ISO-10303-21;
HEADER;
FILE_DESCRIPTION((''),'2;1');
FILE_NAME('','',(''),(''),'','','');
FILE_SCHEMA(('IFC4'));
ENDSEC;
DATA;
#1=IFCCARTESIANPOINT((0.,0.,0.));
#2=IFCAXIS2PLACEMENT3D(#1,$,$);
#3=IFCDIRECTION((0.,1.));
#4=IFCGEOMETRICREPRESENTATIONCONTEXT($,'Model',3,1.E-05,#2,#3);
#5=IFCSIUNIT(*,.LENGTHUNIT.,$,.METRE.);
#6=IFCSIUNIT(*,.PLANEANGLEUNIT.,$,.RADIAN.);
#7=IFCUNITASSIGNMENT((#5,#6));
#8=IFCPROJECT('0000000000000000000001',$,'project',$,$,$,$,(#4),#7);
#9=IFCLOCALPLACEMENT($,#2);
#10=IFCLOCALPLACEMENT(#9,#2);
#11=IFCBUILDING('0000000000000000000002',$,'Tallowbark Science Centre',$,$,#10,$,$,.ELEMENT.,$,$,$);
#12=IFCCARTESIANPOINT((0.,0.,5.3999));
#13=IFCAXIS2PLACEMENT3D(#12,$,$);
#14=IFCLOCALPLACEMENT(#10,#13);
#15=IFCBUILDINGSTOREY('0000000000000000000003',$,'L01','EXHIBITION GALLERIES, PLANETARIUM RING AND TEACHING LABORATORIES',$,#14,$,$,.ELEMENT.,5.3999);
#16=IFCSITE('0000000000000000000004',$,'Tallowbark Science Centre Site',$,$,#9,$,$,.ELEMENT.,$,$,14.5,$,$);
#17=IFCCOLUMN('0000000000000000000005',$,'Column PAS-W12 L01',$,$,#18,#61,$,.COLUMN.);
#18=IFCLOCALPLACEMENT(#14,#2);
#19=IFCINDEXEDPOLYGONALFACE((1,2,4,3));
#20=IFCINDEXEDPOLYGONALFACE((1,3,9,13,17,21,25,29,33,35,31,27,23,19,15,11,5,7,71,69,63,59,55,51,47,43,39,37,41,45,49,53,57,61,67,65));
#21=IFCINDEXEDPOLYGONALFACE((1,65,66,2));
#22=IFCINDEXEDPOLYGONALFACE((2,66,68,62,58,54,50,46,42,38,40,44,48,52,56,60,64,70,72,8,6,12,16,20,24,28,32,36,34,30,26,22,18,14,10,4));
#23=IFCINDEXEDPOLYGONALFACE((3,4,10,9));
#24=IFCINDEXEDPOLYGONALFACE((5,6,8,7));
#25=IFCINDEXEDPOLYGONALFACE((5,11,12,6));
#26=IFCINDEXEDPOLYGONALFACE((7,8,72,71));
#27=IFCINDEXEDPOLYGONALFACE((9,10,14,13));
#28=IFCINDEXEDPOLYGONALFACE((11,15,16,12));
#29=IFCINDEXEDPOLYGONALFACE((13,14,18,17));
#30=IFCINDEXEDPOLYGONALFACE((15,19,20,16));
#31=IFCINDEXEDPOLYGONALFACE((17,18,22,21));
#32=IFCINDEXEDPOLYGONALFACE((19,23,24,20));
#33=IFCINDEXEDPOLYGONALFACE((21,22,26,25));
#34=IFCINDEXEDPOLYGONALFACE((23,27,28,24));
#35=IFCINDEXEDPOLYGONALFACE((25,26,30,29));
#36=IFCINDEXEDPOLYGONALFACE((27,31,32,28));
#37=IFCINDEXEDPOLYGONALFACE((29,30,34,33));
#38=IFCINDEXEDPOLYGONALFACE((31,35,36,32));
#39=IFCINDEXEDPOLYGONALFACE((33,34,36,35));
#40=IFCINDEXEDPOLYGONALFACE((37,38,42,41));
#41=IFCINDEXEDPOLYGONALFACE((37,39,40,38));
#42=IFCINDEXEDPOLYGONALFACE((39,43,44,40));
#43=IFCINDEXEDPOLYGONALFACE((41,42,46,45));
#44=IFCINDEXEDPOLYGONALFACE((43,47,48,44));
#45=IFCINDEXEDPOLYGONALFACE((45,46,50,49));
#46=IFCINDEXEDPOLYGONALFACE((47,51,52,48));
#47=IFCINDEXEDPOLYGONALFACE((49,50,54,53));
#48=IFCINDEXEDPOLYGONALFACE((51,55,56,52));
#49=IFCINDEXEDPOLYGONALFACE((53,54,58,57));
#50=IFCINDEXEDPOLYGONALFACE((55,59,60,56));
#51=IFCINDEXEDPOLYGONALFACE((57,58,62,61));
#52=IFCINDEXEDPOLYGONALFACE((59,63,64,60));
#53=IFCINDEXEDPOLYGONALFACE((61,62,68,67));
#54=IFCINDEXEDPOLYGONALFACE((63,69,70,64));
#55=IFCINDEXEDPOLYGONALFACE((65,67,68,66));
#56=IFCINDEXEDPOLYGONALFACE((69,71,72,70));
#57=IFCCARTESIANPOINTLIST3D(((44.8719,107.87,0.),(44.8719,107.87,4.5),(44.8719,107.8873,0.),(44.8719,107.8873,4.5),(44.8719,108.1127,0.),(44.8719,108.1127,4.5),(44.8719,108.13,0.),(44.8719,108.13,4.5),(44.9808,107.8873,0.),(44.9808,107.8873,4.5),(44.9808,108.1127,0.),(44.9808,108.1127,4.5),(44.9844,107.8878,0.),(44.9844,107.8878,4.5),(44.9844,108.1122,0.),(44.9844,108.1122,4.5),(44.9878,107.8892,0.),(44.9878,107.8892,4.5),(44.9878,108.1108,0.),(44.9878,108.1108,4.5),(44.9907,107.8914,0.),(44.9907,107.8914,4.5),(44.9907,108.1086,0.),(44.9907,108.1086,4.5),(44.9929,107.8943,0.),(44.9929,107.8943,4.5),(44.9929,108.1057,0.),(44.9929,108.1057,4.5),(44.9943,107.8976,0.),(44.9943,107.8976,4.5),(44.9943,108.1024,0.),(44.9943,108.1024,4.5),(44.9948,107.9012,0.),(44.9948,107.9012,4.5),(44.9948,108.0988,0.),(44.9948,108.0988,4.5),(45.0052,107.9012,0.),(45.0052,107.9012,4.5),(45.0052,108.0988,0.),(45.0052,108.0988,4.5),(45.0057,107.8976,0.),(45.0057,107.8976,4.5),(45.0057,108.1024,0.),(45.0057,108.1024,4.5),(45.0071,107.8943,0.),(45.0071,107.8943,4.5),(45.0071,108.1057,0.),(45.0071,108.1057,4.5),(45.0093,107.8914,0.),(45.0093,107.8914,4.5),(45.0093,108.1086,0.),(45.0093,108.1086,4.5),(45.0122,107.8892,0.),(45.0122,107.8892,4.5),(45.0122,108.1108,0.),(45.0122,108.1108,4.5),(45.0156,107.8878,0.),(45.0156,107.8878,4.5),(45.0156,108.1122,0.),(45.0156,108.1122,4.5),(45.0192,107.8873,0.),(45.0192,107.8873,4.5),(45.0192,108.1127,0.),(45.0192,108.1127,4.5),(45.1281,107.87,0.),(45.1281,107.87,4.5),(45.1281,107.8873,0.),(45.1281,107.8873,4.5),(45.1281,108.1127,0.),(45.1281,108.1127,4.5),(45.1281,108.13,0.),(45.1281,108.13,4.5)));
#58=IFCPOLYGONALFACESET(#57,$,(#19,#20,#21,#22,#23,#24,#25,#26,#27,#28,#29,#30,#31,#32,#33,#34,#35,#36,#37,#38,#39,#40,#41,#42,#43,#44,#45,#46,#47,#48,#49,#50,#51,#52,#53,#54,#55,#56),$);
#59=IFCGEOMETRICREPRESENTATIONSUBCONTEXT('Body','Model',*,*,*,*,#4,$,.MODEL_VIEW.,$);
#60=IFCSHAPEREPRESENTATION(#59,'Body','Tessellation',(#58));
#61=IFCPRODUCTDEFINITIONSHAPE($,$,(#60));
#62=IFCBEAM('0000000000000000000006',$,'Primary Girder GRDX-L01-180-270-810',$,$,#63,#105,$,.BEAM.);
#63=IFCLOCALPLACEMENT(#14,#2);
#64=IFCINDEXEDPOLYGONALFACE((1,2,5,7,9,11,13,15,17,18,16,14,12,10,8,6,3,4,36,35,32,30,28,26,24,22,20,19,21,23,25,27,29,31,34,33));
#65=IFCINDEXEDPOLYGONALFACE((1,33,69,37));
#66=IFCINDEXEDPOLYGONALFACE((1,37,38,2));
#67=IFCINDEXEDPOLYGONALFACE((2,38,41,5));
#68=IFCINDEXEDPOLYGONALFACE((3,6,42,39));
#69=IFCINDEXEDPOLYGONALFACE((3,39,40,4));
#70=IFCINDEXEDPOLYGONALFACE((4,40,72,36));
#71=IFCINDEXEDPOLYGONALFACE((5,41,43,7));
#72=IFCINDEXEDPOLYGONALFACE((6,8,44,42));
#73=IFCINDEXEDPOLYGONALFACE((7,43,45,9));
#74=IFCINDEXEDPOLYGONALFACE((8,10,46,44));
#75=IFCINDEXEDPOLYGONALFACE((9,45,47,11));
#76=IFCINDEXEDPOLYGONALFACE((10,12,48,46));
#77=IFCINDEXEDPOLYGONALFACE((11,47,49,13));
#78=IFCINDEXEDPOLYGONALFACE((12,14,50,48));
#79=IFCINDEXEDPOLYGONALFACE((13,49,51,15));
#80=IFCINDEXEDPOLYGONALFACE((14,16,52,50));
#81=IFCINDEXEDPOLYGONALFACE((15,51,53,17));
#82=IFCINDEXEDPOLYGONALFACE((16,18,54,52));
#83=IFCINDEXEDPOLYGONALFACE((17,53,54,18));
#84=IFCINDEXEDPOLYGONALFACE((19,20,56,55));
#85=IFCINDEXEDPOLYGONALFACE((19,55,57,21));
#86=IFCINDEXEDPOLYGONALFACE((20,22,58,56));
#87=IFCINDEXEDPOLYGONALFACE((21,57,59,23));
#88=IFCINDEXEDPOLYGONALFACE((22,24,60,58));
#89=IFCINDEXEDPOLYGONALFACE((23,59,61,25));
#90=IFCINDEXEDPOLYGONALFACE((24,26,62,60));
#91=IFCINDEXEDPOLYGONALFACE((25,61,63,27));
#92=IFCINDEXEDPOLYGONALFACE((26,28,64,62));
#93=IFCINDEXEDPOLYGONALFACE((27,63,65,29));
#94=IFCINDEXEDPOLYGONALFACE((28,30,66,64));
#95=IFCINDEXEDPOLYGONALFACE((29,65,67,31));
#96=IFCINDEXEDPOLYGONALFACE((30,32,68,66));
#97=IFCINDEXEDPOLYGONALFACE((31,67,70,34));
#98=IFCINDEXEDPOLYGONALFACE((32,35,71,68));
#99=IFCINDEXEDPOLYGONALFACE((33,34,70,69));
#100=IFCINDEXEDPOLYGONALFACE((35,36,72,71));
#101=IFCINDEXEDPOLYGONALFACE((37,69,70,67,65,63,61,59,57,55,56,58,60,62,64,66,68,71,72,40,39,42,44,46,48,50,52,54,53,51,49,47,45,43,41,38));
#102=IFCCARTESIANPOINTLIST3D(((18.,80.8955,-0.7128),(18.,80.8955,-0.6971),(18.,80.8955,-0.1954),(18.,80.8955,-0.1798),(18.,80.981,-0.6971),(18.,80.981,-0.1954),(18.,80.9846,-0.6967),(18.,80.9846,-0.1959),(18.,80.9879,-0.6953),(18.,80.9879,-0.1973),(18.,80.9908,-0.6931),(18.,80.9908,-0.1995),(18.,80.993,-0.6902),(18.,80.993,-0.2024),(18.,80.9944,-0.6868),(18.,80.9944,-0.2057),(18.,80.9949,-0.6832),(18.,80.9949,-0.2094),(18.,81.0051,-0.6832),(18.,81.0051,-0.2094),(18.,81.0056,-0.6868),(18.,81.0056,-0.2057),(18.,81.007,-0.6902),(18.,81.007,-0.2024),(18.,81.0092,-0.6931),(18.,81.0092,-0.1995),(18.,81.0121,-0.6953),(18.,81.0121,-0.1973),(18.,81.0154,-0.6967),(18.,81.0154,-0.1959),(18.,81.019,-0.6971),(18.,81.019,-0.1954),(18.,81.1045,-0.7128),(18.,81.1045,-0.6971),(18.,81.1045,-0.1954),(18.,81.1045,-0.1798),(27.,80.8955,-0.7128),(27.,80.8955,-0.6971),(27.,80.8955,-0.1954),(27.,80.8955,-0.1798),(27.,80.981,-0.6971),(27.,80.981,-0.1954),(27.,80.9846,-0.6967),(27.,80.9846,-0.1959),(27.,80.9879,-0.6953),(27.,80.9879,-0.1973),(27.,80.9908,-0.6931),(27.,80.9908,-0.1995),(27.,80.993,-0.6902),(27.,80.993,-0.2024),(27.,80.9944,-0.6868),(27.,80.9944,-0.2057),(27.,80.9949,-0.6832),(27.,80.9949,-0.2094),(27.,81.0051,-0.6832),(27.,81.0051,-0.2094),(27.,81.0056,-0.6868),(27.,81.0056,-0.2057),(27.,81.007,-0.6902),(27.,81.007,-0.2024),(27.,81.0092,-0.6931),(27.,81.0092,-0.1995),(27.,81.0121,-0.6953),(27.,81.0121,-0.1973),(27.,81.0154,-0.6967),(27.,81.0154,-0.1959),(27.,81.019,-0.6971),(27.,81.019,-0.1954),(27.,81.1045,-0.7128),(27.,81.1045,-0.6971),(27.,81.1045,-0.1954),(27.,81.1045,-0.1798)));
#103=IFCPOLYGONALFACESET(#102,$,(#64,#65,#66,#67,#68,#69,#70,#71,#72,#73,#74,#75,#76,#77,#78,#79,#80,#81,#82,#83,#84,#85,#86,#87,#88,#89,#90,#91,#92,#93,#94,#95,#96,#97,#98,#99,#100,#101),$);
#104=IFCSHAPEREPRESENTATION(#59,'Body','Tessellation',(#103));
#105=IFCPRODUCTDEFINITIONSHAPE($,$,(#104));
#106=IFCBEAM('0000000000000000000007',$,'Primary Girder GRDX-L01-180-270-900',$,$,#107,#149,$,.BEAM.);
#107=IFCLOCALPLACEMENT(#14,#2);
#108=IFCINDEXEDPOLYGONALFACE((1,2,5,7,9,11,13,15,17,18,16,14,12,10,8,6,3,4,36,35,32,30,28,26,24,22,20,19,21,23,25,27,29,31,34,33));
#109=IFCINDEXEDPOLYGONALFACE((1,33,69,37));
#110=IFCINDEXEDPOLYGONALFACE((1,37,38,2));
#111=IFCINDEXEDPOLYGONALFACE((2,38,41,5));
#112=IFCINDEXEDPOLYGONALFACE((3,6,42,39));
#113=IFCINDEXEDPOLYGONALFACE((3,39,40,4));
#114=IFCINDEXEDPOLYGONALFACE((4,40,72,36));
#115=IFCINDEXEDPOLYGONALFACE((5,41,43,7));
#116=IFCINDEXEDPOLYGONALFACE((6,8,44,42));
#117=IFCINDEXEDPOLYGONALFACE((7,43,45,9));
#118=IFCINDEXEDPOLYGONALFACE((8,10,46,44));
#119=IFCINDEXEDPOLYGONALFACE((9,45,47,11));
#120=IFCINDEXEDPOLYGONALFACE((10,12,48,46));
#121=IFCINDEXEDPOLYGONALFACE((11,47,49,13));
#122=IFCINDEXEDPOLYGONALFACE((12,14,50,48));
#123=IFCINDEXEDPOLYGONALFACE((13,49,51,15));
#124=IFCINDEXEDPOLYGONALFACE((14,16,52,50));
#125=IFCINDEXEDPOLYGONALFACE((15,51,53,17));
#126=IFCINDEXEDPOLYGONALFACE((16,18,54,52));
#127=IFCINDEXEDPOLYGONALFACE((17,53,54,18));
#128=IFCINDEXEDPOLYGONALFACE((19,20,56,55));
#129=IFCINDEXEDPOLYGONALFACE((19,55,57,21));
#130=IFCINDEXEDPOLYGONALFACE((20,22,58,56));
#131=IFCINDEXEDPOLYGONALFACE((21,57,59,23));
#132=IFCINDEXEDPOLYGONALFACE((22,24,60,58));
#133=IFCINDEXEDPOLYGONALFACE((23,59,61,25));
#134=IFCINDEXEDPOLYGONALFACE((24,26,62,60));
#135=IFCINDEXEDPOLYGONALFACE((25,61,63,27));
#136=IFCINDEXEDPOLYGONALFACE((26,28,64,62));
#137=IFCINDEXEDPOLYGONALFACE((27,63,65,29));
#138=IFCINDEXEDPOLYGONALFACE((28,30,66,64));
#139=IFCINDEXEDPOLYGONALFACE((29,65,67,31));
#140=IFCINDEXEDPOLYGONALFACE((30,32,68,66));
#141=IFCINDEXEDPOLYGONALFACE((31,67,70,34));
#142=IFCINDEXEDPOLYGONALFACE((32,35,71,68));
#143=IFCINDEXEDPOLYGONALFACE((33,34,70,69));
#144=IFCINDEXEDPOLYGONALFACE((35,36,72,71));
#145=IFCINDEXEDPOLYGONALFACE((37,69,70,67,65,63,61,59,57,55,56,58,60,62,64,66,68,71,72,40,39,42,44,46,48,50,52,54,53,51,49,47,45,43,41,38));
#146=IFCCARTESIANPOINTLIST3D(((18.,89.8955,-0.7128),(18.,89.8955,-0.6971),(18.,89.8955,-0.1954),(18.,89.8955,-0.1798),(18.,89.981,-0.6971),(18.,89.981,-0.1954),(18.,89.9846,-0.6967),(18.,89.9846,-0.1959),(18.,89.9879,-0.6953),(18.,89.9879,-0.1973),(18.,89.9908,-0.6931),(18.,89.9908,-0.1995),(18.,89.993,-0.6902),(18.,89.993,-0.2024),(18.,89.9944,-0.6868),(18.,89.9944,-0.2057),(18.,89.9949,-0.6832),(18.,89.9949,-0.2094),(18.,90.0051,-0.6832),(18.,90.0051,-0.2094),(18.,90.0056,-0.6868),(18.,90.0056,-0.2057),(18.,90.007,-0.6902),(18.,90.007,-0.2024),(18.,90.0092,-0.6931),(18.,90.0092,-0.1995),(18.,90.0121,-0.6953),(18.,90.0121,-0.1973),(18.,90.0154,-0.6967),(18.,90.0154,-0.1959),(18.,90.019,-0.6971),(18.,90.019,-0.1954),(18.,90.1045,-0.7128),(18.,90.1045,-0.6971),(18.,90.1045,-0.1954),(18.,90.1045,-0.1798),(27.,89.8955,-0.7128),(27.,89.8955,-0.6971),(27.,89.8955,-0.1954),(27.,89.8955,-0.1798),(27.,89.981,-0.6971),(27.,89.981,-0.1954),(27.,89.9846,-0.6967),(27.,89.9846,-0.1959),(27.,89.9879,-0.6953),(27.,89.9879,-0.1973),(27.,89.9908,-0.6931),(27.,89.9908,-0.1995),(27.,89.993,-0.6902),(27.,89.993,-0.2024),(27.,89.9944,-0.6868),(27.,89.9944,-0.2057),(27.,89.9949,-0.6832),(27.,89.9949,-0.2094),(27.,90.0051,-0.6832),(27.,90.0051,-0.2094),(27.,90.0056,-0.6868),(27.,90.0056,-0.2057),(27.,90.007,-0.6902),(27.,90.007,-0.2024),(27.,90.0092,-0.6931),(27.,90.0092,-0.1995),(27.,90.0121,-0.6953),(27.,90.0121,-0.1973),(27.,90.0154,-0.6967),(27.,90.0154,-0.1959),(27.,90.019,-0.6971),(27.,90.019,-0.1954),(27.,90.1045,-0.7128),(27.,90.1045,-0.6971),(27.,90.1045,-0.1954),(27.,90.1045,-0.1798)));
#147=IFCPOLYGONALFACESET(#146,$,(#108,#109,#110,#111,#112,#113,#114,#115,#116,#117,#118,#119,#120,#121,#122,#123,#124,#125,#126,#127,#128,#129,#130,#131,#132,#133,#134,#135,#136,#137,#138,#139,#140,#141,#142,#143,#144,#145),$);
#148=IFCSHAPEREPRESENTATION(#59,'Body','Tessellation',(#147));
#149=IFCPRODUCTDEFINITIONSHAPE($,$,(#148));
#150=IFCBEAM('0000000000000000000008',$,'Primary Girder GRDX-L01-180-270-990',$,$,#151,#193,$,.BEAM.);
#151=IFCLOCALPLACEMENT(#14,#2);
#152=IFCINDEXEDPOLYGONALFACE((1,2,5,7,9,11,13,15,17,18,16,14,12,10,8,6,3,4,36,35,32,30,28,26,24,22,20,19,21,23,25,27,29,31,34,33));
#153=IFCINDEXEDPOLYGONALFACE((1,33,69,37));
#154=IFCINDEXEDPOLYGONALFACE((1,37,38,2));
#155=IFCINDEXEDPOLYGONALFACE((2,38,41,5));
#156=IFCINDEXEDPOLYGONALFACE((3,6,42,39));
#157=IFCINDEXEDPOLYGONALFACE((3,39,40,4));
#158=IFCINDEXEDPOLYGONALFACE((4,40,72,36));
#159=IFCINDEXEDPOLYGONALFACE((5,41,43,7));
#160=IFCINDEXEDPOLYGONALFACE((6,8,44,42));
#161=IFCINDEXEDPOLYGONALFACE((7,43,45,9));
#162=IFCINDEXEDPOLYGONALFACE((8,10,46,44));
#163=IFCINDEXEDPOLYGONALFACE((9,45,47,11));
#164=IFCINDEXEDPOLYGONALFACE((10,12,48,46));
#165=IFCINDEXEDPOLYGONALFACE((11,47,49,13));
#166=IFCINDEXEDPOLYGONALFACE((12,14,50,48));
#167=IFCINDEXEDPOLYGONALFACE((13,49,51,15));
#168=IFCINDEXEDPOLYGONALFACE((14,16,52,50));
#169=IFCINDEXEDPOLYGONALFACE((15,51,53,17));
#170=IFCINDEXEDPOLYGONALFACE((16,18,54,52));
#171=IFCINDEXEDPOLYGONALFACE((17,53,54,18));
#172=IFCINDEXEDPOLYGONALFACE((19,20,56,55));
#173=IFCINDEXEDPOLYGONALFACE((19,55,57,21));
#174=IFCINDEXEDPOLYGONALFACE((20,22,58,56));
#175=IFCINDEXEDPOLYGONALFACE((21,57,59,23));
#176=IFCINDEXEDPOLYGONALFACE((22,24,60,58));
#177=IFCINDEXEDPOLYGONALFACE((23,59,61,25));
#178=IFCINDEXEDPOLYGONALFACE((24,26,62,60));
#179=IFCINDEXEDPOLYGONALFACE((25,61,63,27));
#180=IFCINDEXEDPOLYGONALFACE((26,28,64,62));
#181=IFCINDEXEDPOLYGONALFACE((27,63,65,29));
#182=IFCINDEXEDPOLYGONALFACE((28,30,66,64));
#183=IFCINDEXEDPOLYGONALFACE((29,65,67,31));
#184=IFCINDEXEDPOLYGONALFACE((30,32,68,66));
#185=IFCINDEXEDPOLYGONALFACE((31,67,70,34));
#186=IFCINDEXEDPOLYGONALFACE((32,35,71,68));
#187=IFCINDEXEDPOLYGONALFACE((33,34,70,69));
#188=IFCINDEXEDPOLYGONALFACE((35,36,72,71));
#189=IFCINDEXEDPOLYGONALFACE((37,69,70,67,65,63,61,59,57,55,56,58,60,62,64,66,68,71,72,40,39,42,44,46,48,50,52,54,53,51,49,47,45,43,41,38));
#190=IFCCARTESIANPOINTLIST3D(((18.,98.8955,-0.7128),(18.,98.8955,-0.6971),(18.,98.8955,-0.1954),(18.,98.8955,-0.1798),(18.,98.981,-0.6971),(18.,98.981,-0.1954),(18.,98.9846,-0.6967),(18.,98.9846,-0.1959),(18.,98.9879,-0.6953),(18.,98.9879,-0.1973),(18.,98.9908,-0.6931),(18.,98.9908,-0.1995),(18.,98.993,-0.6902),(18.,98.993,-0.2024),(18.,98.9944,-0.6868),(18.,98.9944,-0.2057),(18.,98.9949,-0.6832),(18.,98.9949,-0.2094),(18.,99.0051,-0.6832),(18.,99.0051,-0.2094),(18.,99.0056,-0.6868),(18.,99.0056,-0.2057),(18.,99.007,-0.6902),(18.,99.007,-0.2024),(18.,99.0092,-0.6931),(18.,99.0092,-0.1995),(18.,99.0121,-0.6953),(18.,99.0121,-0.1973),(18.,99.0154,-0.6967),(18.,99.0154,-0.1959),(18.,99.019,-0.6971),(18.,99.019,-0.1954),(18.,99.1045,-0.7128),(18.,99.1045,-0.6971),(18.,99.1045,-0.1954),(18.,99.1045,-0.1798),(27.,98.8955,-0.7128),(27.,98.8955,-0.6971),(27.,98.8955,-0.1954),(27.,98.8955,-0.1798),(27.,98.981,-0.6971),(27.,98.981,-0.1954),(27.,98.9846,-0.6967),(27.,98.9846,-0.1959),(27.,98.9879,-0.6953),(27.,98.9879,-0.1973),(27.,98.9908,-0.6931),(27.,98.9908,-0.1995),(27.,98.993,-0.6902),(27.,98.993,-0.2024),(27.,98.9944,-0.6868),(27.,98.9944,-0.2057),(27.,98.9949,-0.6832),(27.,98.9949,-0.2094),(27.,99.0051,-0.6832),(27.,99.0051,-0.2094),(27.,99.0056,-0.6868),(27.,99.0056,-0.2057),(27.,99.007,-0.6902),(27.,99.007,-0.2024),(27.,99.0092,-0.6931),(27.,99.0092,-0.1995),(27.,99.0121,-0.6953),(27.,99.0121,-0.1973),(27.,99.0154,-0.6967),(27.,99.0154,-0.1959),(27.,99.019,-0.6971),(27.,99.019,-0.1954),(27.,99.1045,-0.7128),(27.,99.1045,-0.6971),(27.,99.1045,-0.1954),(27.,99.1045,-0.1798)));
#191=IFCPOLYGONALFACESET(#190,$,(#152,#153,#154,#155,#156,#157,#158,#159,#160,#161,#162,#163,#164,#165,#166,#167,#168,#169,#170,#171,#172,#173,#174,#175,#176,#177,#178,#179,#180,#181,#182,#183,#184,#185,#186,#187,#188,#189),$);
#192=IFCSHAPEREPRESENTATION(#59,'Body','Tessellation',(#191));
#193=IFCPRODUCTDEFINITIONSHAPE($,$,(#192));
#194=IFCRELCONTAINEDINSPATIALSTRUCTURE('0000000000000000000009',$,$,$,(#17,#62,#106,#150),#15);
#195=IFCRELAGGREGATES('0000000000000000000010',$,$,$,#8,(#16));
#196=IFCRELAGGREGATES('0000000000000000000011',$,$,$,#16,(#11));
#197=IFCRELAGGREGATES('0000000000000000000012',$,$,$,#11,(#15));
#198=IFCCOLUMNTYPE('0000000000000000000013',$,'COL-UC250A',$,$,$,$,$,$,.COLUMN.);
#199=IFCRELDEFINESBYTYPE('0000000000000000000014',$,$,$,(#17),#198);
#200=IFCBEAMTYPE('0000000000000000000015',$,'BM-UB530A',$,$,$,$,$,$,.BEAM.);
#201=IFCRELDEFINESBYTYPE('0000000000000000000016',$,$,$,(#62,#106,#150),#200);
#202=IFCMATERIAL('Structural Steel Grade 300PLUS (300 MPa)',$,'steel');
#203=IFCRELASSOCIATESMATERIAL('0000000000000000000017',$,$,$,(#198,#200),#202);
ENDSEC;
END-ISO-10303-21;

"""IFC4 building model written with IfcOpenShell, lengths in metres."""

from ifc_helpers import new_model, si_unit, direction, frame, origin, origin_2d, place, context, subcontext, project, spatial, i_section, extrude, material, material_profile, profile_set, type_object, element, save


model = new_model("IFC4")

# Units and contexts
model_context = context("Model", 3, precision=1e-05, world=origin(), true_north=direction((0.0, 1.0)))
body_context = subcontext(model_context, "Body", "Model", "MODEL_VIEW")
ifc_project = project(units=[si_unit("LENGTHUNIT", "METRE"), si_unit("PLANEANGLEUNIT", "RADIAN")], contexts=[model_context])

# Site, building, storey
site_placement = place(None, origin())
site = spatial("IfcSite", under=ifc_project, at=site_placement, Name="Tallowbark Science Centre Site", CompositionType="ELEMENT", RefElevation=14.5)
building_placement = place(site_placement, origin())
building = spatial("IfcBuilding", under=site, at=building_placement, Name="Tallowbark Science Centre", CompositionType="ELEMENT")
storey_placement = place(building_placement, frame((0.0, 0.0, 5.3999)))
storey = spatial("IfcBuildingStorey", under=building, at=storey_placement, Name="L01", Description="EXHIBITION GALLERIES, PLANETARIUM RING AND TEACHING LABORATORIES", CompositionType="ELEMENT", Elevation=5.3999)

# Column
ifc_material = material(Name="Structural Steel Grade 300PLUS (300 MPa)", Category="steel")
ifc_material_profile_1 = material_profile(ifc_material, i_section(OverallWidth=0.2561, OverallDepth=0.26, WebThickness=0.0105, FlangeThickness=0.0173, FilletRadius=0.0139, at=origin_2d()), Name="250UC89.5")
ifc_profile_set_1 = profile_set([ifc_material_profile_1], Name="Structural Steel Grade 300PLUS (300 MPa)")
column_type = type_object("IfcColumnType", Name="COL-UC250A", PredefinedType="COLUMN", material=ifc_profile_set_1)
for number, where, z_axis, x_axis, name in (
    (1, (45.0, 108.0, 0.0), (0.0, 0.0, 1.0), (1.0, 0.0, 0.0), "Column PAS-W12 L01"),
):
    element("IfcColumn", number, at=place(storey_placement, frame(where, z_axis=z_axis, x_axis=x_axis)), inside=storey, type_object=column_type, Name=name, PredefinedType="COLUMN", context=body_context, shape_type="SweptSolid", body=[
        extrude(i_section(OverallWidth=0.2561, OverallDepth=0.26, WebThickness=0.0105, FlangeThickness=0.0173, FilletRadius=0.0139, at=origin_2d()), origin(), (0.0, 0.0, 1.0), 4.5),
    ])

# Beams
ifc_material_profile_2 = material_profile(ifc_material, i_section(OverallWidth=0.209, OverallDepth=0.533, WebThickness=0.0103, FlangeThickness=0.0156, FilletRadius=0.0139, at=origin_2d()), Name="530UB92.4")
ifc_profile_set_2 = profile_set([ifc_material_profile_2], Name="Structural Steel Grade 300PLUS (300 MPa)")
beam_type_1 = type_object("IfcBeamType", Name="BM-UB530A", PredefinedType="BEAM", material=ifc_profile_set_2)
for number, where, z_axis, x_axis, name in (
    (2, (18.0, 81.0, -0.4463), (1.0, 0.0, 0.0), (0.0, 1.0, 0.0), "Primary Girder GRDX-L01-180-270-810"),
    (3, (18.0, 90.0, -0.4463), (1.0, 0.0, 0.0), (0.0, 1.0, 0.0), "Primary Girder GRDX-L01-180-270-900"),
    (4, (18.0, 99.0, -0.4463), (1.0, 0.0, 0.0), (0.0, 1.0, 0.0), "Primary Girder GRDX-L01-180-270-990"),
):
    element("IfcBeam", number, at=place(storey_placement, frame(where, z_axis=z_axis, x_axis=x_axis)), inside=storey, type_object=beam_type_1, Name=name, PredefinedType="BEAM", context=body_context, shape_type="SweptSolid", body=[
        extrude(i_section(OverallWidth=0.209, OverallDepth=0.533, WebThickness=0.0103, FlangeThickness=0.0156, FilletRadius=0.0139, at=origin_2d()), origin(), (0.0, 0.0, 1.0), 9.0),
    ])

save(model, "model.ifc")
